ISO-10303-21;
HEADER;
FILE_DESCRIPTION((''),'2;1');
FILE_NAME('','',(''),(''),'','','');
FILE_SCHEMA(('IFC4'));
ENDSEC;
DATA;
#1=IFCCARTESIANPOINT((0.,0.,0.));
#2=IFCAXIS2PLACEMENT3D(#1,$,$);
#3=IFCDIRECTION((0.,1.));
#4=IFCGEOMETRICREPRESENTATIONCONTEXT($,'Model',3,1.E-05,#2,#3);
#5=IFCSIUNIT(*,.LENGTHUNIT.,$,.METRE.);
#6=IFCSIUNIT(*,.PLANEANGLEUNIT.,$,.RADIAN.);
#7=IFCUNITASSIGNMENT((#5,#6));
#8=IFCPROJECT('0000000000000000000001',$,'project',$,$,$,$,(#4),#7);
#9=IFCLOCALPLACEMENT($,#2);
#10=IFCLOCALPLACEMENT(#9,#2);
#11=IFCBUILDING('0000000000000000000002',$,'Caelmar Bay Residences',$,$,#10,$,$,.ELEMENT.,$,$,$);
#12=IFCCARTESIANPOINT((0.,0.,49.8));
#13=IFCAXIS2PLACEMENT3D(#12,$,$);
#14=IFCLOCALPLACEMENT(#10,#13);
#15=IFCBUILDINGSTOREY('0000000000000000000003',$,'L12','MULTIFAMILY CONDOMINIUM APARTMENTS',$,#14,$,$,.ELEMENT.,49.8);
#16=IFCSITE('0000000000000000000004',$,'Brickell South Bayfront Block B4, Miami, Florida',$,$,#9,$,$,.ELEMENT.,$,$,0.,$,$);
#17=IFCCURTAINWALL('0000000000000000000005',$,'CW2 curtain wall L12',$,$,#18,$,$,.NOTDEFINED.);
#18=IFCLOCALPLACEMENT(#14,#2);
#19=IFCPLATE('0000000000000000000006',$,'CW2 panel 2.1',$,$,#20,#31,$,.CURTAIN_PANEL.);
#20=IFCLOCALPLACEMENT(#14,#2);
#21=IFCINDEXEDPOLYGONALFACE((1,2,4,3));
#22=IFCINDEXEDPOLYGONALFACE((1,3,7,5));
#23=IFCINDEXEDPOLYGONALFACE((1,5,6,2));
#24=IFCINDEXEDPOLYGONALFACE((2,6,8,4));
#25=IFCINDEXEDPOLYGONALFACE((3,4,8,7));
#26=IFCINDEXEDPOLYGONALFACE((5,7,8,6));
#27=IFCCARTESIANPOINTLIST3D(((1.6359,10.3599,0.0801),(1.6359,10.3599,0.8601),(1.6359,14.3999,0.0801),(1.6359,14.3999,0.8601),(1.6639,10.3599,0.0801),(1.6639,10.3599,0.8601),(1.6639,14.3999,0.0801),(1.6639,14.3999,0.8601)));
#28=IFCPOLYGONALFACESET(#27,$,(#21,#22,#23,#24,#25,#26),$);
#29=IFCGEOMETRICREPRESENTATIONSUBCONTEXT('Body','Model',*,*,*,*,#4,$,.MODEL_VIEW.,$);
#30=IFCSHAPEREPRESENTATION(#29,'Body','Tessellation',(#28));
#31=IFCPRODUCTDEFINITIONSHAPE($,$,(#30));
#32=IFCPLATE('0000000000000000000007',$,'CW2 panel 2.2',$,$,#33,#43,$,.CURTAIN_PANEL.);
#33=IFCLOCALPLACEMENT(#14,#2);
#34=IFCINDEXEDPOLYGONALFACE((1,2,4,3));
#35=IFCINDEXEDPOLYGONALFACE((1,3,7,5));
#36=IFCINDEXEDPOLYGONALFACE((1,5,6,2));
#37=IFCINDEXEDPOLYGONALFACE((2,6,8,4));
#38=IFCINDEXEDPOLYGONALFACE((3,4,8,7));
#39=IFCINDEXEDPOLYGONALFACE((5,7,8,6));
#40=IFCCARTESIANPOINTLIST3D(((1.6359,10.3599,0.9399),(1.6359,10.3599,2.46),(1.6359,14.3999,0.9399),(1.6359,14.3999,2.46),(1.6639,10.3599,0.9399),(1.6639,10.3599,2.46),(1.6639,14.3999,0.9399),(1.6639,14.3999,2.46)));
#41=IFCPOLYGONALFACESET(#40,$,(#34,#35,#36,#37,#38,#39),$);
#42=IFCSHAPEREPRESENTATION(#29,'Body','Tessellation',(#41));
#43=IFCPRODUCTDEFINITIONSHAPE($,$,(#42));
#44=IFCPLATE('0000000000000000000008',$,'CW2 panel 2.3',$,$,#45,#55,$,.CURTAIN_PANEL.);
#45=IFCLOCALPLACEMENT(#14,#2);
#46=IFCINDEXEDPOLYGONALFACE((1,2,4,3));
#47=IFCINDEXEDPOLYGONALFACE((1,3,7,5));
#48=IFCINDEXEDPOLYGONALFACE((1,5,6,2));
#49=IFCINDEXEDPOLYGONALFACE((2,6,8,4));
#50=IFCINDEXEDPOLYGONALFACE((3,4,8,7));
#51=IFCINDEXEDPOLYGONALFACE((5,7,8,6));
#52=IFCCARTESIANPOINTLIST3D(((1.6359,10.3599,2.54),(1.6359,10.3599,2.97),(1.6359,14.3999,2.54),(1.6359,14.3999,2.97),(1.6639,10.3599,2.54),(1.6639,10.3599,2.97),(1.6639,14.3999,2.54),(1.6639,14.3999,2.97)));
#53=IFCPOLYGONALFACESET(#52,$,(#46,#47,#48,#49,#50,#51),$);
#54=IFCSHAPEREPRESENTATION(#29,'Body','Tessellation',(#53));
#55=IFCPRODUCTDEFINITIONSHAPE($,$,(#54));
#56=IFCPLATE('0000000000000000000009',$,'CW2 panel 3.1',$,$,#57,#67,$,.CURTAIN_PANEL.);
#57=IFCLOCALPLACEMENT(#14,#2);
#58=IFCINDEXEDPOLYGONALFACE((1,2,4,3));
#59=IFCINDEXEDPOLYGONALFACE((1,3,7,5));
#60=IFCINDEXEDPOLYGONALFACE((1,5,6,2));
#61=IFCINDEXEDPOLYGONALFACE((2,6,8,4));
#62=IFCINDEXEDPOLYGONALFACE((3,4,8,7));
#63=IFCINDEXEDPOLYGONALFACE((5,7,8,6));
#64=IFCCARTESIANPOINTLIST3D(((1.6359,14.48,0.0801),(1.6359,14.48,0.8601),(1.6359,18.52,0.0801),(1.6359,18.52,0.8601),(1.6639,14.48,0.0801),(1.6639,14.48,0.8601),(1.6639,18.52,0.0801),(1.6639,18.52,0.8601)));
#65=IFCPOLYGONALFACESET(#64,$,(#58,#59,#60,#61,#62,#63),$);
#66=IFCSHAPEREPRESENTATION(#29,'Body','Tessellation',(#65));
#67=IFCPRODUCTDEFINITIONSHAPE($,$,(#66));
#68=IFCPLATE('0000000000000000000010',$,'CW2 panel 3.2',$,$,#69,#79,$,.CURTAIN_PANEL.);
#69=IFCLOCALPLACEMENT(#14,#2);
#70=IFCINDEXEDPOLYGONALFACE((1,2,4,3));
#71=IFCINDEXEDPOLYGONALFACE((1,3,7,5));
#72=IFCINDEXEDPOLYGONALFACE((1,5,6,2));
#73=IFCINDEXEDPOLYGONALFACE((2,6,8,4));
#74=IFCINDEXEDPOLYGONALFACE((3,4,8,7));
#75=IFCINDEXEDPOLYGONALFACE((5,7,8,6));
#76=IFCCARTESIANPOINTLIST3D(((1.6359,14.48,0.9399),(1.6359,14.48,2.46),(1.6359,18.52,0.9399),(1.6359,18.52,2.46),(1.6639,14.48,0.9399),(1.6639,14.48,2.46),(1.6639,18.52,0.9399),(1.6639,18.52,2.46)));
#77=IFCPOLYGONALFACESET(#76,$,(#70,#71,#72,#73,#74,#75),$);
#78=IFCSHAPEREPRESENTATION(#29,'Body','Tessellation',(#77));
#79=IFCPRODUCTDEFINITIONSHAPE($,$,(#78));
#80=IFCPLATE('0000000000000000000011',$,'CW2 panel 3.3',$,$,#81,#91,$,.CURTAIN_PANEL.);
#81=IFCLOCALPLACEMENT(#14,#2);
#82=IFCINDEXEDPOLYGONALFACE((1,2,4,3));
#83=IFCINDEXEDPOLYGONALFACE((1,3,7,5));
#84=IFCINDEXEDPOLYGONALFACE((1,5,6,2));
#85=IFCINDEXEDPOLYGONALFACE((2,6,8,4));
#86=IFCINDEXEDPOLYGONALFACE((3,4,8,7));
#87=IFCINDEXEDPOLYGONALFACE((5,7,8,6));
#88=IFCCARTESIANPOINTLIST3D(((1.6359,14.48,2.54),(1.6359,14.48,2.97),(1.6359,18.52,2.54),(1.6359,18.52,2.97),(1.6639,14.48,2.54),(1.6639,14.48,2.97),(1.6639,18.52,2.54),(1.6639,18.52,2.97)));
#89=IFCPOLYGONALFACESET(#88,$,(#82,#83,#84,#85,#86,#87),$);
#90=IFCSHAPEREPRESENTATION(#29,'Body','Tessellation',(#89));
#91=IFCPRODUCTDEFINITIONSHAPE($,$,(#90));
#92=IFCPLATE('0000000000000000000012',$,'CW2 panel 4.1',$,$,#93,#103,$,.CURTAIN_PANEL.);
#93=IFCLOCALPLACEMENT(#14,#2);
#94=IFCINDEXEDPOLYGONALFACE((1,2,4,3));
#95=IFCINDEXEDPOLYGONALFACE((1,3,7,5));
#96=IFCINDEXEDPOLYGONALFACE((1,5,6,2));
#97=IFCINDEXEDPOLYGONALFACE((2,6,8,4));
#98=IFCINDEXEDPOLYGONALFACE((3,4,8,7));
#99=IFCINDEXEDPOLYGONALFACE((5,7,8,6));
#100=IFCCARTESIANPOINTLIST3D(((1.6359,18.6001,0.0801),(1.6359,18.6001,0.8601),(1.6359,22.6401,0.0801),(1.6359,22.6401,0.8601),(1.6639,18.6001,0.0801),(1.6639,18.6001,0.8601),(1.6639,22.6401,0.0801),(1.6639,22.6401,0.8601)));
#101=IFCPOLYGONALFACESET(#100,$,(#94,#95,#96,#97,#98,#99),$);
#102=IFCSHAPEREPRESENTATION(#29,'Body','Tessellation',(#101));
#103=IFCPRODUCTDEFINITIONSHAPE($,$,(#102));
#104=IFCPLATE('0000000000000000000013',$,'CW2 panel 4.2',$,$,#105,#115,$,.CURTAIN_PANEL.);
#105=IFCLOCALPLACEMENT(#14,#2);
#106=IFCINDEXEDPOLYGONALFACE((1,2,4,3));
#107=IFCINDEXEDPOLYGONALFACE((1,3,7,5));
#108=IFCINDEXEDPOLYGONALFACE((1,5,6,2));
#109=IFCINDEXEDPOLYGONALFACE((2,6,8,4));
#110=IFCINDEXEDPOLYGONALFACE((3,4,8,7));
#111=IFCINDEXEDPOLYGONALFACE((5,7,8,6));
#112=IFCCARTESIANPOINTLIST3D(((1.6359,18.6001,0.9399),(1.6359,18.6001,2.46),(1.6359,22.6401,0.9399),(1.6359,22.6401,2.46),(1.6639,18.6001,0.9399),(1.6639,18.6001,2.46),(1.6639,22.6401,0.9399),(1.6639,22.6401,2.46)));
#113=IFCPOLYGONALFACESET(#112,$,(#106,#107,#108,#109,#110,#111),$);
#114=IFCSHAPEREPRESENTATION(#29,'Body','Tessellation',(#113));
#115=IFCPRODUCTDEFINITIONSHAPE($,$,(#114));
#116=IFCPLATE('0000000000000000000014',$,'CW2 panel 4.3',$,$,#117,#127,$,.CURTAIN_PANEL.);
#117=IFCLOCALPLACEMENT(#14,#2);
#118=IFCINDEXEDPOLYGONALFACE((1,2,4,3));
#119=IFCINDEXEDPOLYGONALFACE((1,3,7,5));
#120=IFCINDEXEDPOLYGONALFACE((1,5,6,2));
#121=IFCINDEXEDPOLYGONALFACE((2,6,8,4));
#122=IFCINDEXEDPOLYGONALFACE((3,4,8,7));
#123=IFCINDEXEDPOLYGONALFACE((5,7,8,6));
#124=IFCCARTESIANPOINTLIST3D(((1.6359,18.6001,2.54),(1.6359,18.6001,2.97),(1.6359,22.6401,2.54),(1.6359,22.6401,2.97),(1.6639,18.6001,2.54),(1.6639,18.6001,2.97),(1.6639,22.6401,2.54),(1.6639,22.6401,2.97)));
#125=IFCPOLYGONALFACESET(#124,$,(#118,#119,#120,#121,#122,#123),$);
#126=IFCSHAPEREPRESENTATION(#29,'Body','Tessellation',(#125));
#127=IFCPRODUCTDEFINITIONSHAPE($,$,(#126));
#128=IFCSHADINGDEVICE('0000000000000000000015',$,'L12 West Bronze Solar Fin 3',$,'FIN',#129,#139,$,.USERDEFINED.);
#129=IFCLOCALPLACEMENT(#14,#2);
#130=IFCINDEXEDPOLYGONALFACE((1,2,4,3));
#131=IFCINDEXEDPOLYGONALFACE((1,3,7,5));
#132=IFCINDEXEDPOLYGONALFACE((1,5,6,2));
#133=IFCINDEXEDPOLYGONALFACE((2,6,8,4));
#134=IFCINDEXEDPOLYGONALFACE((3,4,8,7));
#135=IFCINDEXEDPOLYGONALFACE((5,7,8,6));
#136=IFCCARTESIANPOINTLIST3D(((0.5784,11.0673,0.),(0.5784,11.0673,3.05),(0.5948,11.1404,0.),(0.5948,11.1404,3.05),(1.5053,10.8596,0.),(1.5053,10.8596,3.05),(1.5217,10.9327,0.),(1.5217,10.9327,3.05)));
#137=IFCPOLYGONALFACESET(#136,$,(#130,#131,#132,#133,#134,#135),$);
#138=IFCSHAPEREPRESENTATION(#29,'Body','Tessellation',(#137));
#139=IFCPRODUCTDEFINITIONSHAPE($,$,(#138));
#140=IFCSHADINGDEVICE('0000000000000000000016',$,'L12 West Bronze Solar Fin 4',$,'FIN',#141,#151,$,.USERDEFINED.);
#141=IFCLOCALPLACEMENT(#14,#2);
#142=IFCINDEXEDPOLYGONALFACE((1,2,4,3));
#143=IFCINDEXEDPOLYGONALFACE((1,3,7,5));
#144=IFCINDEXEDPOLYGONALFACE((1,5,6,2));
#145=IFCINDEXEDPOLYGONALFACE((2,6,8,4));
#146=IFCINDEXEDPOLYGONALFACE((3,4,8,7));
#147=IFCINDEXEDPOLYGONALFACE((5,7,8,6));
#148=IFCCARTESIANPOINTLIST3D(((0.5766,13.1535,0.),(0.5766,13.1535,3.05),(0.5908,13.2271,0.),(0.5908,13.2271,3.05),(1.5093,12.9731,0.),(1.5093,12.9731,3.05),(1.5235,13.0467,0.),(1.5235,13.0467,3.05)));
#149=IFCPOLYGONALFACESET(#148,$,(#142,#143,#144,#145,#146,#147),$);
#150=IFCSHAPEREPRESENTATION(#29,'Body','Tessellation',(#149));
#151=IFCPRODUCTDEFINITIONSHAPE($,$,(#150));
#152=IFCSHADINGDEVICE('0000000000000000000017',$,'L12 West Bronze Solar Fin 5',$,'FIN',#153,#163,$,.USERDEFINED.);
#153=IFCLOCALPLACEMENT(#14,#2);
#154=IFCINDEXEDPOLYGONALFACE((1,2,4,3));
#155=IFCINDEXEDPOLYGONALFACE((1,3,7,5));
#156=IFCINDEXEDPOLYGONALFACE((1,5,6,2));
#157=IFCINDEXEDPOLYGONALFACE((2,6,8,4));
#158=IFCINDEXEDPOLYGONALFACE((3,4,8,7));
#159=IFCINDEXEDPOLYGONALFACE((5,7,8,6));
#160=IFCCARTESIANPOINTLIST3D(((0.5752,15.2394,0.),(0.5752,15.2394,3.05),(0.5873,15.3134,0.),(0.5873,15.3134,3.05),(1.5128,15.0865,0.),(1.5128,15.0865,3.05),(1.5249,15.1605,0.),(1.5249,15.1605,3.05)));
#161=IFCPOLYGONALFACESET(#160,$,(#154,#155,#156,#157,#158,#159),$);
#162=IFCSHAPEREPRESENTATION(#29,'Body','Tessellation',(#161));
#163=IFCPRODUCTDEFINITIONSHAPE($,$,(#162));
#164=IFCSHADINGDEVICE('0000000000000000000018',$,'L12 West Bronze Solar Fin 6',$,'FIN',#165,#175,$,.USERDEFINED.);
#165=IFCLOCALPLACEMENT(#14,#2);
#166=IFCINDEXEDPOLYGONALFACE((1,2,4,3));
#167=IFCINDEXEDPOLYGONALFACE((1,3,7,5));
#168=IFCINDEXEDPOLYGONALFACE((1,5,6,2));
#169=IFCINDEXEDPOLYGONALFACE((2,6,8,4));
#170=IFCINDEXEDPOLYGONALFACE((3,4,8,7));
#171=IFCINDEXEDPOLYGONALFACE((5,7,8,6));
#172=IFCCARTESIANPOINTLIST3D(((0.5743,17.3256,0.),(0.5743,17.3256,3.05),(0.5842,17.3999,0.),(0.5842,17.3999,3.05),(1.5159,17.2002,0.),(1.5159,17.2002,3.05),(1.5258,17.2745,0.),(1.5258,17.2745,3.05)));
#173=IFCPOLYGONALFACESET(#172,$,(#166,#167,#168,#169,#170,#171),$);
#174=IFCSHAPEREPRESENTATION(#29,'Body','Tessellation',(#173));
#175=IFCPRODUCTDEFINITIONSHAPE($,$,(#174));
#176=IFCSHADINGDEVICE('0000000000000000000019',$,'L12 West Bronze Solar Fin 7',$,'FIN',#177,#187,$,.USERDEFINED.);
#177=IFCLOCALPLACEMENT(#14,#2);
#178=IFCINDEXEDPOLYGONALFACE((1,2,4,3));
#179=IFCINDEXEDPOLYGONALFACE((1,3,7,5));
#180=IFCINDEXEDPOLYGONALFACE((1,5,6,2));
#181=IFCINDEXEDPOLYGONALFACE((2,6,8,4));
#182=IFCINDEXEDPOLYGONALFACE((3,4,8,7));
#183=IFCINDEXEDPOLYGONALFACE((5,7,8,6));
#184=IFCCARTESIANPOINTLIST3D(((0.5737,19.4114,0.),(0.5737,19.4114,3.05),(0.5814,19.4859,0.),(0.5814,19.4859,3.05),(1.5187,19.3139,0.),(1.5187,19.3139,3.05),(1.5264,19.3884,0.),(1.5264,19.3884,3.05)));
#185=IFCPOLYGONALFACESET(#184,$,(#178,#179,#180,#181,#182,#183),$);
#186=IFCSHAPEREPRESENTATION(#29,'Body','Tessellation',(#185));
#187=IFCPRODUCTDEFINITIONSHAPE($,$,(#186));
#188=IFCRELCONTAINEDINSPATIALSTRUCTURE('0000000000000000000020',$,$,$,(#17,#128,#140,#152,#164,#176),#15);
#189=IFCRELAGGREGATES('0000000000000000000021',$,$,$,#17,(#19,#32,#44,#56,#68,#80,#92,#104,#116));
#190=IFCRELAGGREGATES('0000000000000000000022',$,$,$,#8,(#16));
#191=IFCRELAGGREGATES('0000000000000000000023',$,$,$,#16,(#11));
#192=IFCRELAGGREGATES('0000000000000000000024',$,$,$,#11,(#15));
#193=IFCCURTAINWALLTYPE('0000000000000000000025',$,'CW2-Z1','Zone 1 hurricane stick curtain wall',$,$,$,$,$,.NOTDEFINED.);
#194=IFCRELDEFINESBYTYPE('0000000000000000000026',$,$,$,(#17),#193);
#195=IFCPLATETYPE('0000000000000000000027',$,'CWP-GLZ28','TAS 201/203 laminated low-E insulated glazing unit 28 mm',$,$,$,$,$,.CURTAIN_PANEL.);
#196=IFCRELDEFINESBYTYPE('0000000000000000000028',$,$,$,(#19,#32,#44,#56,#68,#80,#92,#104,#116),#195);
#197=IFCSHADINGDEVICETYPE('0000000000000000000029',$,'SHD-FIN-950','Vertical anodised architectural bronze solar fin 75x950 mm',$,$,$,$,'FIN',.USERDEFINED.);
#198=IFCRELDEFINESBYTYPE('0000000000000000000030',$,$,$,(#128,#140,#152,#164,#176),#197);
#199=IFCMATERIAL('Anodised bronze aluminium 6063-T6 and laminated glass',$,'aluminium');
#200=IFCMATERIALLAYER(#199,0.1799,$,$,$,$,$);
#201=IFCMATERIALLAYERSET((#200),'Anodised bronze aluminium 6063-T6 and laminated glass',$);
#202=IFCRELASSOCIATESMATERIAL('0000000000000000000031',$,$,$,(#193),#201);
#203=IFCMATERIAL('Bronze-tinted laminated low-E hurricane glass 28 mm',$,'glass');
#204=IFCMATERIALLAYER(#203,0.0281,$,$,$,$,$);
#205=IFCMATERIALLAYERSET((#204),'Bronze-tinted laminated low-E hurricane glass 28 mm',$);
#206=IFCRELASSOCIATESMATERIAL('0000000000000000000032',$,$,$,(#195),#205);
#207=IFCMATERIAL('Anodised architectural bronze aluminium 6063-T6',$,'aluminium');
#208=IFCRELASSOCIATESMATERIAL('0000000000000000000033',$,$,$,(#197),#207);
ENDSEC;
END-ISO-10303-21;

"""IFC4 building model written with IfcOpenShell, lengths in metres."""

from ifc_helpers import new_model, si_unit, direction, frame, origin, origin_2d, place, context, subcontext, project, spatial, rectangle, extrude, material, layer, layer_set, material_profile, profile_set, type_object, element, aggregate, save


model = new_model("IFC4")

# Units and contexts
model_context = context("Model", 3, precision=1e-05, world=origin(), true_north=direction((0.0, 1.0)))
body_context = subcontext(model_context, "Body", "Model", "MODEL_VIEW")
ifc_project = project(units=[si_unit("LENGTHUNIT", "METRE"), si_unit("PLANEANGLEUNIT", "RADIAN")], contexts=[model_context])

# Site, building, storey
site_placement = place(None, origin())
site = spatial("IfcSite", under=ifc_project, at=site_placement, Name="Brickell South Bayfront Block B4, Miami, Florida", CompositionType="ELEMENT", RefElevation=0.0)
building_placement = place(site_placement, origin())
building = spatial("IfcBuilding", under=site, at=building_placement, Name="Caelmar Bay Residences", CompositionType="ELEMENT")
storey_placement = place(building_placement, frame((0.0, 0.0, 49.8)))
storey = spatial("IfcBuildingStorey", under=building, at=storey_placement, Name="L12", Description="MULTIFAMILY CONDOMINIUM APARTMENTS", CompositionType="ELEMENT", Elevation=49.8)

# Curtain wall, plates
ifc_material_1 = material(Name="Anodised bronze aluminium 6063-T6 and laminated glass", Category="aluminium")
ifc_layer_1 = layer(ifc_material_1, 0.1799)
ifc_layer_set_1 = layer_set([ifc_layer_1], Name="Anodised bronze aluminium 6063-T6 and laminated glass")
curtain_wall_type = type_object("IfcCurtainWallType", Name="CW2-Z1", Description="Zone 1 hurricane stick curtain wall", PredefinedType="NOTDEFINED", material=ifc_layer_set_1)
curtain_wall_placement = place(storey_placement, origin())
curtain_wall = element("IfcCurtainWall", 1, at=curtain_wall_placement, inside=storey, type_object=curtain_wall_type, Name="CW2 curtain wall L12", PredefinedType="NOTDEFINED")
ifc_material_2 = material(Name="Bronze-tinted laminated low-E hurricane glass 28 mm", Category="glass")
ifc_layer_2 = layer(ifc_material_2, 0.0281)
ifc_layer_set_2 = layer_set([ifc_layer_2], Name="Bronze-tinted laminated low-E hurricane glass 28 mm")
plate_type = type_object("IfcPlateType", Name="CWP-GLZ28", Description="TAS 201/203 laminated low-E insulated glazing unit 28 mm", PredefinedType="CURTAIN_PANEL", material=ifc_layer_set_2)
plate_1_placement = place(storey_placement, frame((1.6499, 12.3799, 0.0801), z_axis=(0.0, 0.0, 1.0), x_axis=(0.0, 1.0, 0.0)))
plate_1 = element("IfcPlate", 2, at=plate_1_placement, type_object=plate_type, Name="CW2 panel 2.1", PredefinedType="CURTAIN_PANEL", context=body_context, shape_type="SweptSolid", body=[
    extrude(rectangle(XDim=4.04, YDim=0.0281, at=origin_2d()), origin(), (0.0, 0.0, 1.0), 0.78),
])
plate_2_placement = place(storey_placement, frame((1.6499, 12.3799, 0.9399), z_axis=(0.0, 0.0, 1.0), x_axis=(0.0, 1.0, 0.0)))
plate_2 = element("IfcPlate", 3, at=plate_2_placement, type_object=plate_type, Name="CW2 panel 2.2", PredefinedType="CURTAIN_PANEL", context=body_context, shape_type="SweptSolid", body=[
    extrude(rectangle(XDim=4.04, YDim=0.0281, at=origin_2d()), origin(), (0.0, 0.0, 1.0), 1.52),
])
plate_3_placement = place(storey_placement, frame((1.6499, 12.3799, 2.54), z_axis=(0.0, 0.0, 1.0), x_axis=(0.0, 1.0, 0.0)))
plate_3 = element("IfcPlate", 4, at=plate_3_placement, type_object=plate_type, Name="CW2 panel 2.3", PredefinedType="CURTAIN_PANEL", context=body_context, shape_type="SweptSolid", body=[
    extrude(rectangle(XDim=4.04, YDim=0.0281, at=origin_2d()), origin(), (0.0, 0.0, 1.0), 0.4299),
])
plate_4_placement = place(storey_placement, frame((1.6499, 16.5, 0.0801), z_axis=(0.0, 0.0, 1.0), x_axis=(0.0, 1.0, 0.0)))
plate_4 = element("IfcPlate", 5, at=plate_4_placement, type_object=plate_type, Name="CW2 panel 3.1", PredefinedType="CURTAIN_PANEL", context=body_context, shape_type="SweptSolid", body=[
    extrude(rectangle(XDim=4.04, YDim=0.0281, at=origin_2d()), origin(), (0.0, 0.0, 1.0), 0.78),
])
plate_5_placement = place(storey_placement, frame((1.6499, 16.5, 0.9399), z_axis=(0.0, 0.0, 1.0), x_axis=(0.0, 1.0, 0.0)))
plate_5 = element("IfcPlate", 6, at=plate_5_placement, type_object=plate_type, Name="CW2 panel 3.2", PredefinedType="CURTAIN_PANEL", context=body_context, shape_type="SweptSolid", body=[
    extrude(rectangle(XDim=4.04, YDim=0.0281, at=origin_2d()), origin(), (0.0, 0.0, 1.0), 1.52),
])
plate_6_placement = place(storey_placement, frame((1.6499, 16.5, 2.54), z_axis=(0.0, 0.0, 1.0), x_axis=(0.0, 1.0, 0.0)))
plate_6 = element("IfcPlate", 7, at=plate_6_placement, type_object=plate_type, Name="CW2 panel 3.3", PredefinedType="CURTAIN_PANEL", context=body_context, shape_type="SweptSolid", body=[
    extrude(rectangle(XDim=4.04, YDim=0.0281, at=origin_2d()), origin(), (0.0, 0.0, 1.0), 0.4299),
])
plate_7_placement = place(storey_placement, frame((1.6499, 20.6201, 0.0801), z_axis=(0.0, 0.0, 1.0), x_axis=(0.0, 1.0, 0.0)))
plate_7 = element("IfcPlate", 8, at=plate_7_placement, type_object=plate_type, Name="CW2 panel 4.1", PredefinedType="CURTAIN_PANEL", context=body_context, shape_type="SweptSolid", body=[
    extrude(rectangle(XDim=4.04, YDim=0.0281, at=origin_2d()), origin(), (0.0, 0.0, 1.0), 0.78),
])
plate_8_placement = place(storey_placement, frame((1.6499, 20.6201, 0.9399), z_axis=(0.0, 0.0, 1.0), x_axis=(0.0, 1.0, 0.0)))
plate_8 = element("IfcPlate", 9, at=plate_8_placement, type_object=plate_type, Name="CW2 panel 4.2", PredefinedType="CURTAIN_PANEL", context=body_context, shape_type="SweptSolid", body=[
    extrude(rectangle(XDim=4.04, YDim=0.0281, at=origin_2d()), origin(), (0.0, 0.0, 1.0), 1.52),
])
plate_9_placement = place(storey_placement, frame((1.6499, 20.6201, 2.54), z_axis=(0.0, 0.0, 1.0), x_axis=(0.0, 1.0, 0.0)))
plate_9 = element("IfcPlate", 10, at=plate_9_placement, type_object=plate_type, Name="CW2 panel 4.3", PredefinedType="CURTAIN_PANEL", context=body_context, shape_type="SweptSolid", body=[
    extrude(rectangle(XDim=4.04, YDim=0.0281, at=origin_2d()), origin(), (0.0, 0.0, 1.0), 0.4299),
])
aggregate(curtain_wall, [plate_1, plate_2, plate_3, plate_4, plate_5, plate_6, plate_7, plate_8, plate_9])

# Shading devices
ifc_material_3 = material(Name="Anodised architectural bronze aluminium 6063-T6", Category="aluminium")
ifc_material_profile_1 = material_profile(ifc_material_3, rectangle(XDim=0.075, YDim=0.95, at=origin_2d()), Name="BRONZE-FIN-75X950")
ifc_profile_set_1 = profile_set([ifc_material_profile_1], Name="Anodised architectural bronze aluminium 6063-T6")
shading_device_type = type_object("IfcShadingDeviceType", Name="SHD-FIN-950", Description="Vertical anodised architectural bronze solar fin 75x950 mm", ElementType="FIN", PredefinedType="USERDEFINED", material=ifc_profile_set_1)
for number, where, z_axis, x_axis, name in (
    (11, (1.05, 11.0, 0.0), (0.0, 0.0, 1.0), (0.218654, 0.975802, 0.0), "L12 West Bronze Solar Fin 3"),
    (12, (1.05, 13.1001, 0.0), (0.0, 0.0, 1.0), (0.189952, 0.981793, 0.0), "L12 West Bronze Solar Fin 4"),
    (13, (1.05, 15.2, 0.0), (0.0, 0.0, 1.0), (0.160915, 0.986968, 0.0), "L12 West Bronze Solar Fin 5"),
    (14, (1.05, 17.3, 0.0), (0.0, 0.0, 1.0), (0.13191, 0.991262, 0.0), "L12 West Bronze Solar Fin 6"),
    (15, (1.05, 19.3999, 0.0), (0.0, 0.0, 1.0), (0.102619, 0.994721, 0.0), "L12 West Bronze Solar Fin 7"),
):
    element("IfcShadingDevice", number, at=place(storey_placement, frame(where, z_axis=z_axis, x_axis=x_axis)), inside=storey, type_object=shading_device_type, Name=name, ObjectType="FIN", PredefinedType="USERDEFINED", context=body_context, shape_type="SweptSolid", body=[
        extrude(rectangle(XDim=0.075, YDim=0.95, at=origin_2d()), origin(), (0.0, 0.0, 1.0), 3.05),
    ])

save(model, "model.ifc")
